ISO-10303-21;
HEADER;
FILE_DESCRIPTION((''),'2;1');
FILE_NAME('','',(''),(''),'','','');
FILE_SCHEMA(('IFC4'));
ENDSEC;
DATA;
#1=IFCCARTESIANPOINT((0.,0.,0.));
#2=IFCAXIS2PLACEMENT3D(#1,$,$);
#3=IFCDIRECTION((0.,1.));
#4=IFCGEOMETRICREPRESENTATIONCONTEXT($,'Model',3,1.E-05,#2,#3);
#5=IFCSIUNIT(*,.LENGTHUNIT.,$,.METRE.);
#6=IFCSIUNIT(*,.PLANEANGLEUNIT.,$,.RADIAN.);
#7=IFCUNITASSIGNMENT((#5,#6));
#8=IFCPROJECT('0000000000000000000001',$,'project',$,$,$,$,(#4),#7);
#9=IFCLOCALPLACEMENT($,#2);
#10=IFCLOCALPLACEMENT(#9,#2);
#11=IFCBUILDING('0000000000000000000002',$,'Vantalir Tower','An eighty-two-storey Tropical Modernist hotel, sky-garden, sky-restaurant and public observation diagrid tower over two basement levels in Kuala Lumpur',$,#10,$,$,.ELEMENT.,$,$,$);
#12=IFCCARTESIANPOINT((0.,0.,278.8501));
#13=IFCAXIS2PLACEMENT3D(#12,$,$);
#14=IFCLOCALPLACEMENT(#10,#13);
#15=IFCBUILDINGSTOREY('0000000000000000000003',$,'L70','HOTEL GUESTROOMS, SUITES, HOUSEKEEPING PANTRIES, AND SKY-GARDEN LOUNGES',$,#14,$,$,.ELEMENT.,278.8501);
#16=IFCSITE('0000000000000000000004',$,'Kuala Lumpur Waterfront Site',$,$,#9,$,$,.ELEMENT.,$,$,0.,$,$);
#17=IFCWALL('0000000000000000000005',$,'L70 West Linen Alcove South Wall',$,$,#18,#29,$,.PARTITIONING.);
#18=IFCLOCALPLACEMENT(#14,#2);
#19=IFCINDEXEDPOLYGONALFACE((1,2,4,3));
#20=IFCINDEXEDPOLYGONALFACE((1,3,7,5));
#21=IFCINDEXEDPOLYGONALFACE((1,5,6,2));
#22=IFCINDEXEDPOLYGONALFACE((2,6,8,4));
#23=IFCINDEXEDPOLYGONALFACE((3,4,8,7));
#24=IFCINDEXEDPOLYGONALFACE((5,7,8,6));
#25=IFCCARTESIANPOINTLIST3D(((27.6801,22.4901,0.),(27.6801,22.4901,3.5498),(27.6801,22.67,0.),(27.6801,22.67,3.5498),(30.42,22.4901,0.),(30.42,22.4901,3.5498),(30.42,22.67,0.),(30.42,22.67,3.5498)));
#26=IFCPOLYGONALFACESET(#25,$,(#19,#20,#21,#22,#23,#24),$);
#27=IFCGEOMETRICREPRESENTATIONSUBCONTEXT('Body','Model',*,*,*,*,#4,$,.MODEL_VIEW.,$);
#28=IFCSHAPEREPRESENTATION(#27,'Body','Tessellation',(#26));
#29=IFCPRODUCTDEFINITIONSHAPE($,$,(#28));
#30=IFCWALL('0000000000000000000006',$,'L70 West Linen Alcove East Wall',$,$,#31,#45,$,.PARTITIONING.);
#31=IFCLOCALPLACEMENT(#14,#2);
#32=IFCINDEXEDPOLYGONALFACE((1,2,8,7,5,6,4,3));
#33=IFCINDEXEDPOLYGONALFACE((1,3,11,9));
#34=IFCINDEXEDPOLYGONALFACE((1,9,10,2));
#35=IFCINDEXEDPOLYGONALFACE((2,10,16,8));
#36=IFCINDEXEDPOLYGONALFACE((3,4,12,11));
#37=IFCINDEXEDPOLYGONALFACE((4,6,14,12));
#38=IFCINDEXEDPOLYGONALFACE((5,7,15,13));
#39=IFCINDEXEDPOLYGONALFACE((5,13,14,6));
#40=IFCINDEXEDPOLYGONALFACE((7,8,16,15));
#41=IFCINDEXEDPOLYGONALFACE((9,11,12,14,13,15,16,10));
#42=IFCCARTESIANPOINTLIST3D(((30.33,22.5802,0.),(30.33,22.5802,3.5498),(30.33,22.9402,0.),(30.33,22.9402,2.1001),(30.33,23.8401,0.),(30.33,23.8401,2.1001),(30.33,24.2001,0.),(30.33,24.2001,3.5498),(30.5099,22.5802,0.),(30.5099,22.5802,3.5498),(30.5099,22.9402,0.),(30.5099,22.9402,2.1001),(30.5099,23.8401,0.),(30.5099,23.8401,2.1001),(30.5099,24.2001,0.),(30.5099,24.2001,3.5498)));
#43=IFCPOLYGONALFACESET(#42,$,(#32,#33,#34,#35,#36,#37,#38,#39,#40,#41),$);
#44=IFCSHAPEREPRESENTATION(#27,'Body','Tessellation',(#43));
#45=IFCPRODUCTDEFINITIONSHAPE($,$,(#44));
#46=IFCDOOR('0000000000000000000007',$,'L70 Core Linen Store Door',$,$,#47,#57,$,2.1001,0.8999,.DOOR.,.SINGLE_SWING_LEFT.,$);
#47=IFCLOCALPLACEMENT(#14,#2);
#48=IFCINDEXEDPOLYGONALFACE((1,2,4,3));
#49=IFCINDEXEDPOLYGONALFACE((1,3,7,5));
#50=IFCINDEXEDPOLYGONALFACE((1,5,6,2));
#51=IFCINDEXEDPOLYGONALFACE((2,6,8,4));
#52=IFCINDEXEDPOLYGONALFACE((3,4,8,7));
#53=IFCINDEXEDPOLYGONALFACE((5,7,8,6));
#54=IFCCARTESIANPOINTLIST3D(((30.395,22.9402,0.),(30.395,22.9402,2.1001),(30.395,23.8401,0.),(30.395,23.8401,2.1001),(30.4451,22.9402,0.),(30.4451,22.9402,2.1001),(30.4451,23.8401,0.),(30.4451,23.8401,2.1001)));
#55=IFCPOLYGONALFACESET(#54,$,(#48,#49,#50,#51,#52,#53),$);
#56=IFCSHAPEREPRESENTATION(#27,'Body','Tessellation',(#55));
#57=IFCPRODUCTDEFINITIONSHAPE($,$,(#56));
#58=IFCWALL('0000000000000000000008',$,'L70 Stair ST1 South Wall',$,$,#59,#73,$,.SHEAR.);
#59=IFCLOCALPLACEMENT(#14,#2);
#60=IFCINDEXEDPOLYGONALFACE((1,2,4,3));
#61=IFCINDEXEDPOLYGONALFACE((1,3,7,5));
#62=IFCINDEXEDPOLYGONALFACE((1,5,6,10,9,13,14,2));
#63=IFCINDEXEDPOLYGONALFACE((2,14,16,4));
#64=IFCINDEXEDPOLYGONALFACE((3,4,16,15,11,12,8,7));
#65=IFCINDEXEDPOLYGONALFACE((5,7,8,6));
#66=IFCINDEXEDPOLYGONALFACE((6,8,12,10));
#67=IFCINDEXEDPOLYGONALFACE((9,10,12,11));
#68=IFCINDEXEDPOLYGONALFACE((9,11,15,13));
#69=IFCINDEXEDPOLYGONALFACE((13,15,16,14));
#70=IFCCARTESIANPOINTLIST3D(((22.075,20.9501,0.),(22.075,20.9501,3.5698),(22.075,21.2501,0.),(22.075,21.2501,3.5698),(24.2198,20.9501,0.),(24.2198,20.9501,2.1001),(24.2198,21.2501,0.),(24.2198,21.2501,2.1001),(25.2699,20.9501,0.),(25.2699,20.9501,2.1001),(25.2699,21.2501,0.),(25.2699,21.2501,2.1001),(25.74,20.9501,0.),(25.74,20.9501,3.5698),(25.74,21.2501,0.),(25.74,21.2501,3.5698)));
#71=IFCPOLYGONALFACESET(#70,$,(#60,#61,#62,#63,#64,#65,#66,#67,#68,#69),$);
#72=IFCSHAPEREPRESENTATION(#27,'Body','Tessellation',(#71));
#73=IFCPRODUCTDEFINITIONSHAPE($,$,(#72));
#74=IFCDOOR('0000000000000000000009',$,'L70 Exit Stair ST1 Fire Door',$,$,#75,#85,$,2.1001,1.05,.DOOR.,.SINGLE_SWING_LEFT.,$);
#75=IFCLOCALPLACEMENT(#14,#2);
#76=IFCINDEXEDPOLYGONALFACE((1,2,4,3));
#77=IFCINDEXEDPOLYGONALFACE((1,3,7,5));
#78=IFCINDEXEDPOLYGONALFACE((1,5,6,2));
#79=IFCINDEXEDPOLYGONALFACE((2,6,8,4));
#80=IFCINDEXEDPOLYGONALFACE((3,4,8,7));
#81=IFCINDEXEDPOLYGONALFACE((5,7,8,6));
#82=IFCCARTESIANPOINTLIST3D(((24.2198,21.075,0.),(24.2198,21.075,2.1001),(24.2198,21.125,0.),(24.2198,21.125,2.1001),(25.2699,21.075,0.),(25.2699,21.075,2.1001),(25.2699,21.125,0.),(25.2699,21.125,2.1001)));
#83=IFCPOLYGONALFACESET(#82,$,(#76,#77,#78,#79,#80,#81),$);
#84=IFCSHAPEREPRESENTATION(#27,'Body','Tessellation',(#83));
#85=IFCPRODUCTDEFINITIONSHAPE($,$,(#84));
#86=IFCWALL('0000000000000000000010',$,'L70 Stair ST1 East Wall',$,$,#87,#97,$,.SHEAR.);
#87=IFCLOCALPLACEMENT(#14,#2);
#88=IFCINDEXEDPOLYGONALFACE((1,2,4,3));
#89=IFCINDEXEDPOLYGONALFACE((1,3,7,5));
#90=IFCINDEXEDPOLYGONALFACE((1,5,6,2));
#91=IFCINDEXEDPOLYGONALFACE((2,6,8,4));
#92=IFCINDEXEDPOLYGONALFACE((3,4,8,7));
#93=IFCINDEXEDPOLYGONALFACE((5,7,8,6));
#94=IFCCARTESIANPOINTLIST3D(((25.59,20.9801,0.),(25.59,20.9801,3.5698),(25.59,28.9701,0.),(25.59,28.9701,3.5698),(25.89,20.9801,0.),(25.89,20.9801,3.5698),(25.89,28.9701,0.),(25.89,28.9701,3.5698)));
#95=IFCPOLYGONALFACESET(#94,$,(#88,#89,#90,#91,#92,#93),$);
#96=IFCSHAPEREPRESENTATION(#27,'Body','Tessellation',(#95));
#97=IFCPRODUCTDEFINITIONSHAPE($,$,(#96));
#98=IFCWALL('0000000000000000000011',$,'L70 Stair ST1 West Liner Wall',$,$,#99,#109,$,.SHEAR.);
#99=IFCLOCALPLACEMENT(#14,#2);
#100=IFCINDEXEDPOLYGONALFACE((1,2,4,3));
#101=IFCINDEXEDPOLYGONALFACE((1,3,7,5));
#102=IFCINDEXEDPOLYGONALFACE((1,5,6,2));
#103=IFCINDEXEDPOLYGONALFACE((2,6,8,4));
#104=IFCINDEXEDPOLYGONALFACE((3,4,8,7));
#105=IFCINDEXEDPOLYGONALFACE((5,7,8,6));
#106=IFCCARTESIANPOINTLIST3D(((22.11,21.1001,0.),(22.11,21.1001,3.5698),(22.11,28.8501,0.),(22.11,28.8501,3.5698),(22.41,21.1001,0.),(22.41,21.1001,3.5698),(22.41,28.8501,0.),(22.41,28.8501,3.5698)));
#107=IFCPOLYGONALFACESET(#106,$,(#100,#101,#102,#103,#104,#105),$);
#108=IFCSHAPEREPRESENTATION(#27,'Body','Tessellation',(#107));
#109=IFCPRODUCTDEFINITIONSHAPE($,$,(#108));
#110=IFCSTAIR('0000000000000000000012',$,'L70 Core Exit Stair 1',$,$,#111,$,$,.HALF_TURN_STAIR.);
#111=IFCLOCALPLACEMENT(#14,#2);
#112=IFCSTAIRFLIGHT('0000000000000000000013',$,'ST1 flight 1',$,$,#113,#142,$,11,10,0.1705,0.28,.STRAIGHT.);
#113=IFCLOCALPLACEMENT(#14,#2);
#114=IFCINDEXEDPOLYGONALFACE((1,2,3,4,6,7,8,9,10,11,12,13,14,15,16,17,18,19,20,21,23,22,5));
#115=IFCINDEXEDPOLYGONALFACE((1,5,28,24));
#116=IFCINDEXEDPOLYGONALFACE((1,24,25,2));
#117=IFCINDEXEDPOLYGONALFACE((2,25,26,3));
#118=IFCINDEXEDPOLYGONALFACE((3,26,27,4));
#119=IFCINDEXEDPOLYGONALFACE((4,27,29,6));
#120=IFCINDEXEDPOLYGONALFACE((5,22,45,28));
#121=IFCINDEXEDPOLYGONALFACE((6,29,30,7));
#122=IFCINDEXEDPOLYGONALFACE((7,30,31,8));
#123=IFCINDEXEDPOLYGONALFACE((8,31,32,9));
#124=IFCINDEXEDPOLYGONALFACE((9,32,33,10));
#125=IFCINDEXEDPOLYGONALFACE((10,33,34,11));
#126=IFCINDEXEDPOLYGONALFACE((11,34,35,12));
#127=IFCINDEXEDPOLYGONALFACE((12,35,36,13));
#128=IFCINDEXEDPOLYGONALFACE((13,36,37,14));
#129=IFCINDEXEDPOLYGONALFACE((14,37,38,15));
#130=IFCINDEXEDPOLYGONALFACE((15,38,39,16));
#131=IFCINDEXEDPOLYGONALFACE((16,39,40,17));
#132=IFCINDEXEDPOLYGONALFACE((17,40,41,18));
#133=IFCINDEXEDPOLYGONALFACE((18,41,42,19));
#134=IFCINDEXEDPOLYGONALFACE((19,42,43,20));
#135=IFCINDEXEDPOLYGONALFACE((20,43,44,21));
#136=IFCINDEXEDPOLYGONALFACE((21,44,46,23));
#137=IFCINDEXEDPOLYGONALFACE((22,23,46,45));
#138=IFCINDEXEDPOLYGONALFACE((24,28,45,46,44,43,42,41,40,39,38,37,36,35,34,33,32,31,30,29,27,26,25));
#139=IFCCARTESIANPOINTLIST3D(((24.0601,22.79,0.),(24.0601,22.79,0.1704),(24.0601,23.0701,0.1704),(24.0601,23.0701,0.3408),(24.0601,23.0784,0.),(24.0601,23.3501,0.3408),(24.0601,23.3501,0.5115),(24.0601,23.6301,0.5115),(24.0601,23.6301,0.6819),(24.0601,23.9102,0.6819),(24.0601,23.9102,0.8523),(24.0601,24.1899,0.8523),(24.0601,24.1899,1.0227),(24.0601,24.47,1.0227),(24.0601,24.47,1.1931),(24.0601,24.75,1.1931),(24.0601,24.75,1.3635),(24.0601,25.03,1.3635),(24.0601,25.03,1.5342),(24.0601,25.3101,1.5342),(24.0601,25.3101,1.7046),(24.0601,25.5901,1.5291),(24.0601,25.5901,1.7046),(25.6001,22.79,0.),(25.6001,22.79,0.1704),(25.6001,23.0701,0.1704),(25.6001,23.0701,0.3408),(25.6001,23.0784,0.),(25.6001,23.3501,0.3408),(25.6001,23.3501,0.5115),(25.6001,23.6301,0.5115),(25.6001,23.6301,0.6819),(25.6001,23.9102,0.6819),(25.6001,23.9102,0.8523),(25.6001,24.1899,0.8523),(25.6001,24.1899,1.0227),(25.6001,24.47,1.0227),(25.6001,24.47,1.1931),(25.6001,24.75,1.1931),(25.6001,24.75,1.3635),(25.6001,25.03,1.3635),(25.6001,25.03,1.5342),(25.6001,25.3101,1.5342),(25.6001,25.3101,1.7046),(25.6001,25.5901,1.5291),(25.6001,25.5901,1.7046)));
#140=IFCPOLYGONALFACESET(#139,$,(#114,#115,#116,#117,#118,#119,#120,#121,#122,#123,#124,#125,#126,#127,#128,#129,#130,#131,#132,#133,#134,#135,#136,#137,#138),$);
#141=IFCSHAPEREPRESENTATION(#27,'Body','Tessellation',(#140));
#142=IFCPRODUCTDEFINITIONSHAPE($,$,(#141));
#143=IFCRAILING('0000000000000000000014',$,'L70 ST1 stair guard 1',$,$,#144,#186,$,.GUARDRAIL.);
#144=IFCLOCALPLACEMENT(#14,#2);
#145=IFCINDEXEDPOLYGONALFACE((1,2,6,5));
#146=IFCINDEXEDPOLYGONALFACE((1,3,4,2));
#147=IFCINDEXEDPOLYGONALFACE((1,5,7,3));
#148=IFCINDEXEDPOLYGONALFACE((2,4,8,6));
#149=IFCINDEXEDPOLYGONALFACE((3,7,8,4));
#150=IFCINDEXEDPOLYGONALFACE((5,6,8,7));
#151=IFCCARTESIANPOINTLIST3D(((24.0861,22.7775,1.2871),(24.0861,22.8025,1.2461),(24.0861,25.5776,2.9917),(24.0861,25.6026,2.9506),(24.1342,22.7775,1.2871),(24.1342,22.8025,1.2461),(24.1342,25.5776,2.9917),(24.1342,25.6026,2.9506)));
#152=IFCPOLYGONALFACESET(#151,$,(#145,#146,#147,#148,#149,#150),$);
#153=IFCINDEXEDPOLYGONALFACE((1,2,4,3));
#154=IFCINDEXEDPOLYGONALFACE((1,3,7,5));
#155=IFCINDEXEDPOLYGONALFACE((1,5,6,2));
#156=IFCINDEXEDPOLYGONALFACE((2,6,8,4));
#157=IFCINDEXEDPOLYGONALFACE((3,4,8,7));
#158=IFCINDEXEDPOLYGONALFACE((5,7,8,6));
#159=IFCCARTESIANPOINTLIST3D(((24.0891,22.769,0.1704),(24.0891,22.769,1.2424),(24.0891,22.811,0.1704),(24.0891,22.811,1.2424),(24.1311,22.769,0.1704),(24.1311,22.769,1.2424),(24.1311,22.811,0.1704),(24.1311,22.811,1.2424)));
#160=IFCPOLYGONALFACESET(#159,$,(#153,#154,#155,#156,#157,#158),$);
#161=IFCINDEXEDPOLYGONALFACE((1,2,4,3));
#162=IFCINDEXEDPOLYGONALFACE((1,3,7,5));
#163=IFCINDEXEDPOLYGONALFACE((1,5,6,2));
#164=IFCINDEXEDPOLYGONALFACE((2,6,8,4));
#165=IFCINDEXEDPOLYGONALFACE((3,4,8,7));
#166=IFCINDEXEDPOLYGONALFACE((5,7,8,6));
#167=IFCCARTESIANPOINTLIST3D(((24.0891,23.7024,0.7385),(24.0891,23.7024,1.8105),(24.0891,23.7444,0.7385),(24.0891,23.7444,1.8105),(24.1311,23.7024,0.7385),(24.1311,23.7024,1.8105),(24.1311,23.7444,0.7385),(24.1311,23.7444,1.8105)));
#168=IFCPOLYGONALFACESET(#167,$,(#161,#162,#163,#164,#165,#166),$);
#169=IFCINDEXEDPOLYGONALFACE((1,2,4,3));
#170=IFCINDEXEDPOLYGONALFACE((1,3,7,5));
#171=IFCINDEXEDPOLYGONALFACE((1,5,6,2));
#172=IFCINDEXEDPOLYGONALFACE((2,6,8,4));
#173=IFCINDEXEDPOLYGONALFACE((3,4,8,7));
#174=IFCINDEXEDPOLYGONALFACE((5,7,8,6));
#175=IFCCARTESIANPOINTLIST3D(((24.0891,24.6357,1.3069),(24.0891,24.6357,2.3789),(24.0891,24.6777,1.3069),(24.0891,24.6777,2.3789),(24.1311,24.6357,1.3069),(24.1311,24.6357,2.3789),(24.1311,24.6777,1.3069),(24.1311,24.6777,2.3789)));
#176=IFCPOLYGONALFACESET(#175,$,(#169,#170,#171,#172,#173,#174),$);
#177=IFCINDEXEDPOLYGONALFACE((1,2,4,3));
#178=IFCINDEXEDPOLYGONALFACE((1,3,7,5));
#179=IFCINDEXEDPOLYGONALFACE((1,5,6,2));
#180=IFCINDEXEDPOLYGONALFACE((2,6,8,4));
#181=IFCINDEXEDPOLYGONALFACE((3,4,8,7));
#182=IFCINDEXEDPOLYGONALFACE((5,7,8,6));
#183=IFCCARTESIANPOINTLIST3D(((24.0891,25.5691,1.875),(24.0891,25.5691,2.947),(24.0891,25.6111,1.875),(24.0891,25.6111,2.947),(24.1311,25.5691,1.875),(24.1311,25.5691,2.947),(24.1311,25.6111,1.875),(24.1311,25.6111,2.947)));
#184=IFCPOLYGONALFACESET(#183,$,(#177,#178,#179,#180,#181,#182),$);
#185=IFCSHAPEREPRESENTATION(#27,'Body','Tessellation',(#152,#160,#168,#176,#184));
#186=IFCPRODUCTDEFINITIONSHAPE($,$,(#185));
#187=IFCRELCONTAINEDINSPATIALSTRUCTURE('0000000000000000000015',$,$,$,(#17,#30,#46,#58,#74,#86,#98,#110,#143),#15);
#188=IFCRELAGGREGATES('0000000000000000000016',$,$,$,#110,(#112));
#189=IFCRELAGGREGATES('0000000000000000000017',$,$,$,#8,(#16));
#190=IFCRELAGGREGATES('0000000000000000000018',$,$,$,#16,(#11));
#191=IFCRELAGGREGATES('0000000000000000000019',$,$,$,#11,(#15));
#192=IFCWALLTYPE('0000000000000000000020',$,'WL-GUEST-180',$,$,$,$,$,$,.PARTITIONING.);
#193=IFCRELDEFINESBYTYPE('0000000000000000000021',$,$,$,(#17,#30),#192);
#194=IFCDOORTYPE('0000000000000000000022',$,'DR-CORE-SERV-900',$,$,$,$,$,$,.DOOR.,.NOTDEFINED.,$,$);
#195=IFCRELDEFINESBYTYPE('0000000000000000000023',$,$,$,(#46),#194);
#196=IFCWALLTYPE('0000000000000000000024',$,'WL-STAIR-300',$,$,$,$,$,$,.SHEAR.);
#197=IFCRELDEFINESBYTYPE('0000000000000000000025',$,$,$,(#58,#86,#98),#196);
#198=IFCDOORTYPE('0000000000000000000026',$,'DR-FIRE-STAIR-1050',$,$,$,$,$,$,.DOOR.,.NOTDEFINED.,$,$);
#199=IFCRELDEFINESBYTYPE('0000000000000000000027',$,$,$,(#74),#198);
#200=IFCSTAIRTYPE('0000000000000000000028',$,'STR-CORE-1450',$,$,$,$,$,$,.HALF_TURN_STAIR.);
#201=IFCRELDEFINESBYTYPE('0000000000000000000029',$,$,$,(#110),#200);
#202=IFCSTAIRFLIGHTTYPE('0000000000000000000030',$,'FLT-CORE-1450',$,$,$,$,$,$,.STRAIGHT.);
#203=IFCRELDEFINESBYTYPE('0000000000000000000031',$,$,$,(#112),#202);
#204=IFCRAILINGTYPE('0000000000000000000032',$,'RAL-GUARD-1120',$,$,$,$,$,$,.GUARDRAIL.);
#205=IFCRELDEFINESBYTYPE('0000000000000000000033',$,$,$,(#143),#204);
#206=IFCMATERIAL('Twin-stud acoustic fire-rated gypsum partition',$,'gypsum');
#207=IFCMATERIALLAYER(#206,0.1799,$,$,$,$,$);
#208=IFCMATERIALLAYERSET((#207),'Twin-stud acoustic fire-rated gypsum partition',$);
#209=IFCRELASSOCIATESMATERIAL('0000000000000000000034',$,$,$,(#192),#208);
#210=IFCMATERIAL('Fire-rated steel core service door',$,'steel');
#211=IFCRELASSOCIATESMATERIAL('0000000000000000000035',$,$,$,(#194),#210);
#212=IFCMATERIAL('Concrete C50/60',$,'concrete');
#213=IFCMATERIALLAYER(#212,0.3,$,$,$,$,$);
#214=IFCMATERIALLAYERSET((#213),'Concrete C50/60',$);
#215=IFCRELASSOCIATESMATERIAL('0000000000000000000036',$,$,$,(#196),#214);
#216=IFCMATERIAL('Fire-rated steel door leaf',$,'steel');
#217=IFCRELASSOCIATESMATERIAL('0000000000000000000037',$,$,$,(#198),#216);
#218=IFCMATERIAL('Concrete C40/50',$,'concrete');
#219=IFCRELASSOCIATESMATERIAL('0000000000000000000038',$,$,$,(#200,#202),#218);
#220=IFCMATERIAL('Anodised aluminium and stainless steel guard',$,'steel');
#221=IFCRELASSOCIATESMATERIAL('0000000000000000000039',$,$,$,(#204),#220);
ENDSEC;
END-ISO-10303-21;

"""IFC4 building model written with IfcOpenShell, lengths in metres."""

from ifc_helpers import new_model, si_unit, direction, frame, frame_2d, origin, origin_2d, place, context, subcontext, project, spatial, polyline, rectangle, outline, extrude, material, layer, layer_set, type_object, element, fill, aggregate, save


model = new_model("IFC4")

# Units and contexts
model_context = context("Model", 3, precision=1e-05, world=origin(), true_north=direction((0.0, 1.0)))
body_context = subcontext(model_context, "Body", "Model", "MODEL_VIEW")
ifc_project = project(units=[si_unit("LENGTHUNIT", "METRE"), si_unit("PLANEANGLEUNIT", "RADIAN")], contexts=[model_context])

# Site, building, storey
site_placement = place(None, origin())
site = spatial("IfcSite", under=ifc_project, at=site_placement, Name="Kuala Lumpur Waterfront Site", CompositionType="ELEMENT", RefElevation=0.0)
building_placement = place(site_placement, origin())
building = spatial("IfcBuilding", under=site, at=building_placement, Name="Vantalir Tower", Description="An eighty-two-storey Tropical Modernist hotel, sky-garden, sky-restaurant and public observation diagrid tower over two basement levels in Kuala Lumpur", CompositionType="ELEMENT")
storey_placement = place(building_placement, frame((0.0, 0.0, 278.8501)))
storey = spatial("IfcBuildingStorey", under=building, at=storey_placement, Name="L70", Description="HOTEL GUESTROOMS, SUITES, HOUSEKEEPING PANTRIES, AND SKY-GARDEN LOUNGES", CompositionType="ELEMENT", Elevation=278.8501)

# Shared definitions
ifc_material_1 = material(Name="Concrete C50/60", Category="concrete")

# Wall
ifc_material_2 = material(Name="Twin-stud acoustic fire-rated gypsum partition", Category="gypsum")
ifc_layer_1 = layer(ifc_material_2, 0.1799)
ifc_layer_set_1 = layer_set([ifc_layer_1], Name="Twin-stud acoustic fire-rated gypsum partition")
wall_type_1 = type_object("IfcWallType", Name="WL-GUEST-180", PredefinedType="PARTITIONING", material=ifc_layer_set_1)
wall_1_placement = place(storey_placement, frame((27.6799, 22.5801, 0.0), z_axis=(0.0, 0.0, 1.0), x_axis=(1.0, 0.0, 0.0)))
element("IfcWall", 1, at=wall_1_placement, inside=storey, type_object=wall_type_1, Name="L70 West Linen Alcove South Wall", PredefinedType="PARTITIONING", context=body_context, shape_type="SweptSolid", body=[
    extrude(rectangle(XDim=2.74, YDim=0.1799, at=frame_2d((1.3701, 0.0))), origin(), (0.0, 0.0, 1.0), 3.5498),
])

# Walls, openings, doors
wall_2_placement = place(storey_placement, frame((30.4199, 22.5801, 0.0), z_axis=(0.0, 0.0, 1.0), x_axis=(0.0, 1.0, 0.0)))
wall_2 = element("IfcWall", 2, at=wall_2_placement, inside=storey, type_object=wall_type_1, Name="L70 West Linen Alcove East Wall", PredefinedType="PARTITIONING", context=body_context, shape_type="SweptSolid", body=[
    extrude(rectangle(XDim=1.6199, YDim=0.1799, at=frame_2d((0.8101, 0.0))), origin(), (0.0, 0.0, 1.0), 3.5498),
])
opening_1_placement = place(wall_2_placement, frame((0.3601, 0.0, 0.0)))
opening_1 = element("IfcOpeningElement", 3, at=opening_1_placement, cuts=wall_2, PredefinedType="OPENING", context=body_context, shape_type="SweptSolid", body=[
    extrude(rectangle(XDim=0.8999, YDim=2.1001, at=frame_2d((0.45, 1.05))), frame((0.0, 0.0999, 0.0), z_axis=(0.0, -1.0, 0.0), x_axis=(1.0, 0.0, 0.0)), (0.0, 0.0, 1.0), 0.2),
])
ifc_material_3 = material(Name="Fire-rated steel core service door", Category="steel")
door_type_1 = type_object("IfcDoorType", Name="DR-CORE-SERV-900", OperationType="NOTDEFINED", PredefinedType="DOOR", material=ifc_material_3)
door_1_placement = place(opening_1_placement, origin())
door_1 = element("IfcDoor", 4, at=door_1_placement, inside=storey, type_object=door_type_1, Name="L70 Core Linen Store Door", OperationType="SINGLE_SWING_LEFT", OverallHeight=2.1001, OverallWidth=0.8999, PredefinedType="DOOR", context=body_context, shape_type="SweptSolid", body=[
    extrude(rectangle(XDim=0.8999, YDim=2.1001, at=frame_2d((0.45, 1.05))), frame((0.0, 0.0249, 0.0), z_axis=(0.0, -1.0, 0.0), x_axis=(1.0, 0.0, 0.0)), (0.0, 0.0, 1.0), 0.05),
])
fill(opening_1, door_1)
ifc_layer_2 = layer(ifc_material_1, 0.3)
ifc_layer_set_2 = layer_set([ifc_layer_2], Name="Concrete C50/60")
wall_type_2 = type_object("IfcWallType", Name="WL-STAIR-300", PredefinedType="SHEAR", material=ifc_layer_set_2)
wall_3_placement = place(storey_placement, frame((22.075, 21.1001, 0.0), z_axis=(0.0, 0.0, 1.0), x_axis=(1.0, 0.0, 0.0)))
wall_3 = element("IfcWall", 5, at=wall_3_placement, inside=storey, type_object=wall_type_2, Name="L70 Stair ST1 South Wall", PredefinedType="SHEAR", context=body_context, shape_type="SweptSolid", body=[
    extrude(rectangle(XDim=3.665, YDim=0.3, at=frame_2d((1.8325, 0.0))), origin(), (0.0, 0.0, 1.0), 3.5698),
])
opening_2_placement = place(wall_3_placement, frame((2.145, 0.0, 0.0)))
opening_2 = element("IfcOpeningElement", 6, at=opening_2_placement, cuts=wall_3, PredefinedType="OPENING", context=body_context, shape_type="SweptSolid", body=[
    extrude(rectangle(XDim=1.05, YDim=2.1001, at=frame_2d((0.5249, 1.05))), frame((0.0, 0.1599, 0.0), z_axis=(0.0, -1.0, 0.0), x_axis=(1.0, 0.0, 0.0)), (0.0, 0.0, 1.0), 0.3201),
])
ifc_material_4 = material(Name="Fire-rated steel door leaf", Category="steel")
door_type_2 = type_object("IfcDoorType", Name="DR-FIRE-STAIR-1050", OperationType="NOTDEFINED", PredefinedType="DOOR", material=ifc_material_4)
door_2_placement = place(opening_2_placement, origin())
door_2 = element("IfcDoor", 7, at=door_2_placement, inside=storey, type_object=door_type_2, Name="L70 Exit Stair ST1 Fire Door", OperationType="SINGLE_SWING_LEFT", OverallHeight=2.1001, OverallWidth=1.05, PredefinedType="DOOR", context=body_context, shape_type="SweptSolid", body=[
    extrude(rectangle(XDim=1.05, YDim=2.1001, at=frame_2d((0.5249, 1.05))), frame((0.0, 0.0249, 0.0), z_axis=(0.0, -1.0, 0.0), x_axis=(1.0, 0.0, 0.0)), (0.0, 0.0, 1.0), 0.05),
])
fill(opening_2, door_2)

# Walls
wall_4_placement = place(storey_placement, frame((25.74, 20.98, 0.0), z_axis=(0.0, 0.0, 1.0), x_axis=(0.0, 1.0, 0.0)))
element("IfcWall", 8, at=wall_4_placement, inside=storey, type_object=wall_type_2, Name="L70 Stair ST1 East Wall", PredefinedType="SHEAR", context=body_context, shape_type="SweptSolid", body=[
    extrude(rectangle(XDim=7.99, YDim=0.3, at=frame_2d((3.9951, 0.0))), origin(), (0.0, 0.0, 1.0), 3.5698),
])
wall_5_placement = place(storey_placement, frame((22.26, 21.1001, 0.0), z_axis=(0.0, 0.0, 1.0), x_axis=(0.0, 1.0, 0.0)))
element("IfcWall", 9, at=wall_5_placement, inside=storey, type_object=wall_type_2, Name="L70 Stair ST1 West Liner Wall", PredefinedType="SHEAR", context=body_context, shape_type="SweptSolid", body=[
    extrude(rectangle(XDim=7.75, YDim=0.3, at=frame_2d((3.875, 0.0))), origin(), (0.0, 0.0, 1.0), 3.5698),
])

# Stair, stair flight
ifc_material_5 = material(Name="Concrete C40/50", Category="concrete")
stair_type = type_object("IfcStairType", Name="STR-CORE-1450", PredefinedType="HALF_TURN_STAIR", material=ifc_material_5)
stair_placement = place(storey_placement, origin())
stair = element("IfcStair", 10, at=stair_placement, inside=storey, type_object=stair_type, Name="L70 Core Exit Stair 1", PredefinedType="HALF_TURN_STAIR")
stair_flight_type = type_object("IfcStairFlightType", Name="FLT-CORE-1450", PredefinedType="STRAIGHT", material=ifc_material_5)
stair_flight_placement = place(storey_placement, frame((24.8301, 22.79, 0.0), z_axis=(0.0, 0.0, 1.0), x_axis=(0.0, 1.0, 0.0)))
stair_flight = element("IfcStairFlight", 11, at=stair_flight_placement, type_object=stair_flight_type, Name="ST1 flight 1", NumberOfRisers=11, NumberOfTreads=10, PredefinedType="STRAIGHT", RiserHeight=0.1705, TreadLength=0.28, context=body_context, shape_type="SweptSolid", body=[
    extrude(outline(polyline([(0.0, 0.0), (0.0, 0.1704), (0.28, 0.1704), (0.28, 0.3408), (0.5601, 0.3408), (0.5601, 0.5115), (0.8401, 0.5115), (0.8401, 0.6819), (1.1201, 0.6819), (1.1201, 0.8523), (1.3999, 0.8523), (1.3999, 1.0227), (1.6799, 1.0227), (1.6799, 1.1931), (1.96, 1.1931), (1.96, 1.3635), (2.24, 1.3635), (2.24, 1.5342), (2.52, 1.5342), (2.52, 1.7046), (2.8, 1.7046), (2.8, 1.875), (2.8, 1.5291), (0.2883, 0.0), (0.0, 0.0)])), frame((0.0, 0.77, 0.0), z_axis=(0.0, -1.0, 0.0), x_axis=(1.0, 0.0, 0.0)), (0.0, 0.0, 1.0), 1.54),
])
aggregate(stair, [stair_flight])

# Railing
ifc_material_6 = material(Name="Anodised aluminium and stainless steel guard", Category="steel")
railing_type_1 = type_object("IfcRailingType", Name="RAL-GUARD-1120", PredefinedType="GUARDRAIL", material=ifc_material_6)
railing_1_placement = place(storey_placement, frame((24.1101, 22.79, 0.1704)))
element("IfcRailing", 12, at=railing_1_placement, inside=storey, type_object=railing_type_1, Name="L70 ST1 stair guard 1", PredefinedType="GUARDRAIL", context=body_context, shape_type="SweptSolid", body=[
    extrude(rectangle(XDim=0.0481, YDim=0.0481, at=origin_2d()), frame((0.0, 0.0, 1.0962), z_axis=(0.0, 0.85417, 0.519994), x_axis=(-1.0, 0.0, 0.0)), (0.0, 0.0, 1.0), 3.2781),
    extrude(rectangle(XDim=0.042, YDim=0.042, at=origin_2d()), origin(), (0.0, 0.0, 1.0), 1.072),
    extrude(rectangle(XDim=0.042, YDim=0.042, at=origin_2d()), frame((0.0, 0.9333, 0.5681)), (0.0, 0.0, 1.0), 1.072),
    extrude(rectangle(XDim=0.042, YDim=0.042, at=origin_2d()), frame((0.0, 1.8667, 1.1365)), (0.0, 0.0, 1.0), 1.072),
    extrude(rectangle(XDim=0.042, YDim=0.042, at=origin_2d()), frame((0.0, 2.8, 1.7046)), (0.0, 0.0, 1.0), 1.072),
])

save(model, "model.ifc")
